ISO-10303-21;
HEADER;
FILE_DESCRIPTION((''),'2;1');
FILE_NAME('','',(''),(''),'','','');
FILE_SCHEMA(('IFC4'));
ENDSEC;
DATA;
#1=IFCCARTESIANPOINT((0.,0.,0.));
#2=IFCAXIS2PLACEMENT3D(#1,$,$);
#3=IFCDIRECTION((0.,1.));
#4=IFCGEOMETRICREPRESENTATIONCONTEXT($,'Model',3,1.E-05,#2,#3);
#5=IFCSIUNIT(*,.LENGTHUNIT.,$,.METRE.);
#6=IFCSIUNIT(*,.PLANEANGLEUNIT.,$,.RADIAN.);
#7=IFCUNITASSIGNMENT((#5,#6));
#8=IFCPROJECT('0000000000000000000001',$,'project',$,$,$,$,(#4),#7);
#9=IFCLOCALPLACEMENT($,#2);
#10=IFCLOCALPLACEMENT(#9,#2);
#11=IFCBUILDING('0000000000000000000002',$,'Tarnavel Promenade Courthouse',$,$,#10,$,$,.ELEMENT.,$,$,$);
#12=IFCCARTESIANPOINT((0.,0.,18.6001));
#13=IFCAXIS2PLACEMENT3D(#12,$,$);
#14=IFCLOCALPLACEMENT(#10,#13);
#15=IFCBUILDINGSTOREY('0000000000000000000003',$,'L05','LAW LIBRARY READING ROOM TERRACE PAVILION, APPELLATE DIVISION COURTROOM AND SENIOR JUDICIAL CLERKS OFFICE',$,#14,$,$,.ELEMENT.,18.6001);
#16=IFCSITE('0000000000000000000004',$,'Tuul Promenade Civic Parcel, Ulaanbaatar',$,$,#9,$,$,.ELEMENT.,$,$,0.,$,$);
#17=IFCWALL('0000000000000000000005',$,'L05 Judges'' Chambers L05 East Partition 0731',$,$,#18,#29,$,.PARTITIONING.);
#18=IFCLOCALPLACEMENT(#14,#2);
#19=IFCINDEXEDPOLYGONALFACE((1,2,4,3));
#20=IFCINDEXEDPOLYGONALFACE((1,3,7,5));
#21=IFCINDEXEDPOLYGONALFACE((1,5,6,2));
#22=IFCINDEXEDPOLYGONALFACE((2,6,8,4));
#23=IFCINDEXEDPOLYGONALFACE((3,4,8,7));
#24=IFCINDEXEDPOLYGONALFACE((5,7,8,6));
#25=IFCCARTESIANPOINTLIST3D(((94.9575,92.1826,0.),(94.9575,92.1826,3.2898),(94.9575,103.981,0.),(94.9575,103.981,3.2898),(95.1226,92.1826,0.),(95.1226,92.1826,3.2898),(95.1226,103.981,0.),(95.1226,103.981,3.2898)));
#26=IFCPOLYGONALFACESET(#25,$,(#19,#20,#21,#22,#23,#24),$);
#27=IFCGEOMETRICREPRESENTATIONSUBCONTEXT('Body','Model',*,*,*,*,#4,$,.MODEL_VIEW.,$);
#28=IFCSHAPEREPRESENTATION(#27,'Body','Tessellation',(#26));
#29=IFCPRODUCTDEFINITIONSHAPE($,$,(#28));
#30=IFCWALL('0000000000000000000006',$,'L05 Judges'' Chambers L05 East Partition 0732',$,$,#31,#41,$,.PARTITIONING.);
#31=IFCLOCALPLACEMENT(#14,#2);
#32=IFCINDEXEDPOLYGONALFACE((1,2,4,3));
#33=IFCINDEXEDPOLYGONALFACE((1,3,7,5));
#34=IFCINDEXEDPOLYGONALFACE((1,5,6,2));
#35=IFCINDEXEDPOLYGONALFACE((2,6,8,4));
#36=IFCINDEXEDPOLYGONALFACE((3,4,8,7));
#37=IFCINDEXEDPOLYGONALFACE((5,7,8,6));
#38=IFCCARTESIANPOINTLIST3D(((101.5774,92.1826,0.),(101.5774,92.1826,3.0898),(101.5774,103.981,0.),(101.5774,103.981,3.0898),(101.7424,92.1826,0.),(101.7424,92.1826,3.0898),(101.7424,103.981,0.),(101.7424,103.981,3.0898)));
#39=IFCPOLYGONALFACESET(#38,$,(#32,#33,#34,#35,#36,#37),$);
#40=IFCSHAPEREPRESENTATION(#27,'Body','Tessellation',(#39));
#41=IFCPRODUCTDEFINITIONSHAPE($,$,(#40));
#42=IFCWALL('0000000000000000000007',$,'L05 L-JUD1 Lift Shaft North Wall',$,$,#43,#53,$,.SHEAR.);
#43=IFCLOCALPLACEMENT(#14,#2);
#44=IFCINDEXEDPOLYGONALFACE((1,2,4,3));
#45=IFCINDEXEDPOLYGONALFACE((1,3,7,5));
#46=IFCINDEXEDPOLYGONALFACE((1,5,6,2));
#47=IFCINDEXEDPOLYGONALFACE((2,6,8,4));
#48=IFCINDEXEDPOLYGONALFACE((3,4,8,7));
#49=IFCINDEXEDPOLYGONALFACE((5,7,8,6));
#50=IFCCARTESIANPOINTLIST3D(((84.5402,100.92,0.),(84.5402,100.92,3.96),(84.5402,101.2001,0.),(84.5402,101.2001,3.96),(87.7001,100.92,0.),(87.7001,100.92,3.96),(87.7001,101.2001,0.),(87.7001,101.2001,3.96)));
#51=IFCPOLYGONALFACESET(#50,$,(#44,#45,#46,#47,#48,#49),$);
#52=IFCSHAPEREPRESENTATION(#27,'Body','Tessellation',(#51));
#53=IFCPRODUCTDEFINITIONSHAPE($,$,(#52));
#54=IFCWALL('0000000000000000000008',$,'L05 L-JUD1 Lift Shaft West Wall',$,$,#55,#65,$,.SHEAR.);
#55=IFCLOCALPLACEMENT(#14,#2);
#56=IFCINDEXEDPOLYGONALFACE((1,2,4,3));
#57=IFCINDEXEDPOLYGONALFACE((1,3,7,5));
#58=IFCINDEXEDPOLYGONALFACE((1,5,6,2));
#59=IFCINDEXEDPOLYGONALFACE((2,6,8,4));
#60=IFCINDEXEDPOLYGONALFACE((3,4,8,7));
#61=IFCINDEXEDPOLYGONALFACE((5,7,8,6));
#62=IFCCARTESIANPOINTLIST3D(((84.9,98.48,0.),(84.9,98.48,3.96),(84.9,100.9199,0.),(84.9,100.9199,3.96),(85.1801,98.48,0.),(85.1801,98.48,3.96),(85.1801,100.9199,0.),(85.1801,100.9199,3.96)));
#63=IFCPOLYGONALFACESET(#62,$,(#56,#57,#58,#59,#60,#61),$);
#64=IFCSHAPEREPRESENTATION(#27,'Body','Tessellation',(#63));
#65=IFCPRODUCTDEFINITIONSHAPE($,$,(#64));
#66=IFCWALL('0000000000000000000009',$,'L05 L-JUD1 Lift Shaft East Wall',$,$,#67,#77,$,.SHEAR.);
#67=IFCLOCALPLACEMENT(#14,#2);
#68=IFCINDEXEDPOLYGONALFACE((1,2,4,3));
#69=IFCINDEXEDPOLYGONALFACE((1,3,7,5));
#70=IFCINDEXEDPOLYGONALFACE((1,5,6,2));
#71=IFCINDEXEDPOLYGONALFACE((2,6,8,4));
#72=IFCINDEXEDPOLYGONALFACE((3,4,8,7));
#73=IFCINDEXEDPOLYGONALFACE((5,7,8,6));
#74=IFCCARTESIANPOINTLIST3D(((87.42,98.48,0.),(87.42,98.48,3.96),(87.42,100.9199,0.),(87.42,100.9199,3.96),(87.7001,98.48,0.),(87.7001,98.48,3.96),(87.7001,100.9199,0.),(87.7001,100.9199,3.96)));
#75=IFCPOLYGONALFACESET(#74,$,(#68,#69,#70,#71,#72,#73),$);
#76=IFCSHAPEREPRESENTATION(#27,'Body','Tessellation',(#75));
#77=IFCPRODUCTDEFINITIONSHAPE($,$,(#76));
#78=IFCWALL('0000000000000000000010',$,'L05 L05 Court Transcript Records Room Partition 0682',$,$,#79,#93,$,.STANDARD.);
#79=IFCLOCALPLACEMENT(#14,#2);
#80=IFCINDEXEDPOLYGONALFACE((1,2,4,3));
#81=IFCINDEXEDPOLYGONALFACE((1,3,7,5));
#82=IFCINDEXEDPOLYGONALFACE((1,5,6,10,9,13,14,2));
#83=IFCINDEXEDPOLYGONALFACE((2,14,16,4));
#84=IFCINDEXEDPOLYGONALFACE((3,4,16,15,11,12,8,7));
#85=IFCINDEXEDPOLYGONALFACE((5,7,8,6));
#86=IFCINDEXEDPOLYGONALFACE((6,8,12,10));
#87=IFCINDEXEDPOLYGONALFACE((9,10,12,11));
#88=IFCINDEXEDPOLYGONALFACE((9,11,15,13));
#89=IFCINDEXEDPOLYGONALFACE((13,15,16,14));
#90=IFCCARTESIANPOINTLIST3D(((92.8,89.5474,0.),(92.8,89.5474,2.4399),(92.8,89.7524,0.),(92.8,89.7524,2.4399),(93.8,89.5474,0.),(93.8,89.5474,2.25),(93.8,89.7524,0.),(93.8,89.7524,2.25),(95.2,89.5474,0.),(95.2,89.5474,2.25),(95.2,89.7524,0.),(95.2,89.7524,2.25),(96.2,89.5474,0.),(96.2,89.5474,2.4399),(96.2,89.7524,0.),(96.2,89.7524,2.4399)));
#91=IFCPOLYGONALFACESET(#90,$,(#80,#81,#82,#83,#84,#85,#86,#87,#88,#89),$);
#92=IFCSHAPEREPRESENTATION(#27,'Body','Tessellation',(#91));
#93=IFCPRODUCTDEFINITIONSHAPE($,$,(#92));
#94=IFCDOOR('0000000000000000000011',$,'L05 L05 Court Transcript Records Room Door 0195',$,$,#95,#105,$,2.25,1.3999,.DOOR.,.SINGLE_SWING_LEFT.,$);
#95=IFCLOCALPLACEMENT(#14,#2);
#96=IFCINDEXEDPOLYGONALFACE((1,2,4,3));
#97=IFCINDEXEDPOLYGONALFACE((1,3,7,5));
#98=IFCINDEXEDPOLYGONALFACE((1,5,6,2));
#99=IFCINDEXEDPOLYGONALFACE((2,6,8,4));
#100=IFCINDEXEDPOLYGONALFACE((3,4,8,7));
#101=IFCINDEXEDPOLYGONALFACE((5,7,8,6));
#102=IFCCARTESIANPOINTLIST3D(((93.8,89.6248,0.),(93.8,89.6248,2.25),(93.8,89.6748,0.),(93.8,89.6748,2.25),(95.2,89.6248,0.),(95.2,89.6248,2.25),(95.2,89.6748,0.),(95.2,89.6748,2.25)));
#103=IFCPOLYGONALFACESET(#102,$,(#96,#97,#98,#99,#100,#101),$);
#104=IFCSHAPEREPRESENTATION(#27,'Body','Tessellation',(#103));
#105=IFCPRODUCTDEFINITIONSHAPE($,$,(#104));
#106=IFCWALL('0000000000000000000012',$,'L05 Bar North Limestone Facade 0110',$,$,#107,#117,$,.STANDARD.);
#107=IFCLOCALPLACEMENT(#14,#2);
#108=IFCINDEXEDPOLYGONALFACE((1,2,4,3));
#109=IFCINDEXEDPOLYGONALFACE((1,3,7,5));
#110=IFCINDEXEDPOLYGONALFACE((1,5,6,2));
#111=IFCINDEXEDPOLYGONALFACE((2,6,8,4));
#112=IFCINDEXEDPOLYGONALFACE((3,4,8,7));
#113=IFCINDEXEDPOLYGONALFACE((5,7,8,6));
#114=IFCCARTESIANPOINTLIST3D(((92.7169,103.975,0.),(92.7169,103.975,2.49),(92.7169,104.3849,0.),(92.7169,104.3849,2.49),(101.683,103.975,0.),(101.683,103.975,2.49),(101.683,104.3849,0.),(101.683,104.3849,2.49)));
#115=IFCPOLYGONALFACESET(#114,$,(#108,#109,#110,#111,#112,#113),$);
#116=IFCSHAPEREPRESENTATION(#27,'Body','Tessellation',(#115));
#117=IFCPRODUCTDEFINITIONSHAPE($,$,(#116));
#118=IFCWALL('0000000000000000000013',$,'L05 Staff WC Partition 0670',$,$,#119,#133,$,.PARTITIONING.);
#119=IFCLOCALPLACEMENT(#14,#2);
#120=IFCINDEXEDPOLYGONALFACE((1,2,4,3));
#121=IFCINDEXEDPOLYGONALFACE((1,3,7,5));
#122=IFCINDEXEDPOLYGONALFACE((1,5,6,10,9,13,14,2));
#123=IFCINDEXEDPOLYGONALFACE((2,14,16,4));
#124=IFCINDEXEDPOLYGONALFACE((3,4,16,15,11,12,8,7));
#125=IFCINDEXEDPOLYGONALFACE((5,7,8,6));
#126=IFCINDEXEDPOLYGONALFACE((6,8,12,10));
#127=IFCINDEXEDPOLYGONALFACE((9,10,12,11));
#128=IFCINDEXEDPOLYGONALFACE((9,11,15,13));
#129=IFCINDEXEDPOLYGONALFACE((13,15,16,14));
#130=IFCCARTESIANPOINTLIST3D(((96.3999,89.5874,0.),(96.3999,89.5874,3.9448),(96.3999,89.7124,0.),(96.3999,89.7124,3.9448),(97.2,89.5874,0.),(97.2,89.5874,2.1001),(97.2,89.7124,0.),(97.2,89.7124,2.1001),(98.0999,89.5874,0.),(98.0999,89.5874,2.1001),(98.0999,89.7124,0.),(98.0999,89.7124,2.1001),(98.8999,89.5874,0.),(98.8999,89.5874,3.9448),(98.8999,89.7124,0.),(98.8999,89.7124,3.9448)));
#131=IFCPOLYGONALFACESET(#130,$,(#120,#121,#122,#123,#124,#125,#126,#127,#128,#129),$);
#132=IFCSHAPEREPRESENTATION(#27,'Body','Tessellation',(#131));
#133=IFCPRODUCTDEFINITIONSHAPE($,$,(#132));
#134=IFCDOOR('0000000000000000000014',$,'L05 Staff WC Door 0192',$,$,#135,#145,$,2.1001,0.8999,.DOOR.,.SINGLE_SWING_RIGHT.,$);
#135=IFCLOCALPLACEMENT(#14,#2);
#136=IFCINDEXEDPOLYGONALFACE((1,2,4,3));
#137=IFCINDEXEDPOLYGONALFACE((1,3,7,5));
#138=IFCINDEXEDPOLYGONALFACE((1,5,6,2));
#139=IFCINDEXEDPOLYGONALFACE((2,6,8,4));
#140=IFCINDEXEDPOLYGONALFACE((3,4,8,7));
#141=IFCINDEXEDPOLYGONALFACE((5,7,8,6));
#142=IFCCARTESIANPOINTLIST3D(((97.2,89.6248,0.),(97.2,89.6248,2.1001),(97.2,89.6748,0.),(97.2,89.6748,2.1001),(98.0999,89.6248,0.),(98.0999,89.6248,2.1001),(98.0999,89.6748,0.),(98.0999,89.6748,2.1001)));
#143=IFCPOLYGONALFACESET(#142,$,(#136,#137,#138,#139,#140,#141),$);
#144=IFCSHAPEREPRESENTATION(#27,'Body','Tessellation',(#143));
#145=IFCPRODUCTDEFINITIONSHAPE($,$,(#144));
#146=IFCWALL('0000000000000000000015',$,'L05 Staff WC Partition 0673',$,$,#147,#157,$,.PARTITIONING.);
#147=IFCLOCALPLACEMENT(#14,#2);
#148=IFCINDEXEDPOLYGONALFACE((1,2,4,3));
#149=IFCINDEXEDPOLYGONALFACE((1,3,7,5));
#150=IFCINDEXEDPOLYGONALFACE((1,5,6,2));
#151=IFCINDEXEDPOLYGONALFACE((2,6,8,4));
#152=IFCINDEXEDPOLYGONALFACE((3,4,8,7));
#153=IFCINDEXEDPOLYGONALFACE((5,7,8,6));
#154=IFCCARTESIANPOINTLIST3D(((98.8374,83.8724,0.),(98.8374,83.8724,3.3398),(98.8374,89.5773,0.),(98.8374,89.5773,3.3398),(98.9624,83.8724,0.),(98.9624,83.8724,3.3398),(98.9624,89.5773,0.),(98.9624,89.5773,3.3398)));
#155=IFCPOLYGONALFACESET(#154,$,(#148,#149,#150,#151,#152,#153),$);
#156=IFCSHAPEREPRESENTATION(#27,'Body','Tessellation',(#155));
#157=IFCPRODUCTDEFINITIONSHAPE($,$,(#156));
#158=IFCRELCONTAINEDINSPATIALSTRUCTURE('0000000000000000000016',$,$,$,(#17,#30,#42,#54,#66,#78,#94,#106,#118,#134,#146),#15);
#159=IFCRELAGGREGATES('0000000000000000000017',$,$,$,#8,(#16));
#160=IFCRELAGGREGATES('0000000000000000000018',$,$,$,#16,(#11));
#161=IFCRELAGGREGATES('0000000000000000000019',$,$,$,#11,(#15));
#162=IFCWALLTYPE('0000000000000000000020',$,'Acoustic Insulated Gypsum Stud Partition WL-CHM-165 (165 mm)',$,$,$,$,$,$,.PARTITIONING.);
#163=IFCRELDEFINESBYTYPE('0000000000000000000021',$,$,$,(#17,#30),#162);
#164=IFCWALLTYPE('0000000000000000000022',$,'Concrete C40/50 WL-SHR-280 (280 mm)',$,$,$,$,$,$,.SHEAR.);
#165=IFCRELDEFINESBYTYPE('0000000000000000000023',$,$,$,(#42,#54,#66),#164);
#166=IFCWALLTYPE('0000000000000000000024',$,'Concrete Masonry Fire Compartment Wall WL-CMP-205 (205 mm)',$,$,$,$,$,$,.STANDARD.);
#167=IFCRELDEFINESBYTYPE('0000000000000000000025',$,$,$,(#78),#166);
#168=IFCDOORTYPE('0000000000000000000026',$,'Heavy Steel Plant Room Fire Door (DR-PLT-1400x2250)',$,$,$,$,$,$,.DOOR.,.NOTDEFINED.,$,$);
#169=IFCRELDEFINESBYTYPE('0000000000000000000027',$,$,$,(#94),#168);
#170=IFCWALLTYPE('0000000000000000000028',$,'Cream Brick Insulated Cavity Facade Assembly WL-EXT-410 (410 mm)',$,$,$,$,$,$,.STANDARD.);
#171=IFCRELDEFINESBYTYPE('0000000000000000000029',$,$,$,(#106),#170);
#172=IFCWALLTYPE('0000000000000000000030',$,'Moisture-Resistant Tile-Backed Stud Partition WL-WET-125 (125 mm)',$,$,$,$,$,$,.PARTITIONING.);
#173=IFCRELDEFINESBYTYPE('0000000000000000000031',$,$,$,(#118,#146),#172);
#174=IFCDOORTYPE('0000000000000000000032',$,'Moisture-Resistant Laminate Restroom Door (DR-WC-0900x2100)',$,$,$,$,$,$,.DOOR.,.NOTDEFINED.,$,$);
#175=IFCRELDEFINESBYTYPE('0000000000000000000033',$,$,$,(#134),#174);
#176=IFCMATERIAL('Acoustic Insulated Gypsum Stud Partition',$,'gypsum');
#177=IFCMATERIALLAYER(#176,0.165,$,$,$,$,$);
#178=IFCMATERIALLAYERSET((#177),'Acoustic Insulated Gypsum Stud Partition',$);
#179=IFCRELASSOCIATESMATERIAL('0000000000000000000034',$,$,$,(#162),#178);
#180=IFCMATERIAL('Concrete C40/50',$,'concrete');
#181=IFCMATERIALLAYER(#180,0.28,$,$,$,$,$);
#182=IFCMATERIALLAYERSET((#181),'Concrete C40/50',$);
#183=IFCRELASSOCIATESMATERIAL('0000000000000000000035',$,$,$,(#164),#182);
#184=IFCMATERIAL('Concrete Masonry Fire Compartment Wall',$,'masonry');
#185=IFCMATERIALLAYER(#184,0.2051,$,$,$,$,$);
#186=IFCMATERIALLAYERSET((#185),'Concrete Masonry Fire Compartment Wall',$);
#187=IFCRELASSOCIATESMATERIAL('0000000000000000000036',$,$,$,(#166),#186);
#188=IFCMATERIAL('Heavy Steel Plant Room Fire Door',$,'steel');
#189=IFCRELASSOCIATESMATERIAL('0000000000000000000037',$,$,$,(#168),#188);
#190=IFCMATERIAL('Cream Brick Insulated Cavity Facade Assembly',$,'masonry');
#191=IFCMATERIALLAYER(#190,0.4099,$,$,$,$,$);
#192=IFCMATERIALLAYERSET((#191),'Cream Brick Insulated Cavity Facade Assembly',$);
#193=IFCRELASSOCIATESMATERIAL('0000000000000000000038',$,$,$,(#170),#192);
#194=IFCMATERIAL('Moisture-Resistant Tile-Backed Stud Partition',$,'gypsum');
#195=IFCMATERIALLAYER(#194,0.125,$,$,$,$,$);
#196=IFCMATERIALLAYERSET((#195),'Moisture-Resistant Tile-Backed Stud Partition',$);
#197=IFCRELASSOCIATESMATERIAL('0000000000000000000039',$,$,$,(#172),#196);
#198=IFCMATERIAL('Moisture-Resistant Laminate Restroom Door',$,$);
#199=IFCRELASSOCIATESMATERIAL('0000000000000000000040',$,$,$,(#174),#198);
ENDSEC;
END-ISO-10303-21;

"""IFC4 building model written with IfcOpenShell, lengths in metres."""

from ifc_helpers import new_model, si_unit, direction, frame, frame_2d, origin, place, context, subcontext, project, spatial, rectangle, extrude, material, layer, layer_set, type_object, element, fill, save


model = new_model("IFC4")

# Units and contexts
model_context = context("Model", 3, precision=1e-05, world=origin(), true_north=direction((0.0, 1.0)))
body_context = subcontext(model_context, "Body", "Model", "MODEL_VIEW")
ifc_project = project(units=[si_unit("LENGTHUNIT", "METRE"), si_unit("PLANEANGLEUNIT", "RADIAN")], contexts=[model_context])

# Site, building, storey
site_placement = place(None, origin())
site = spatial("IfcSite", under=ifc_project, at=site_placement, Name="Tuul Promenade Civic Parcel, Ulaanbaatar", CompositionType="ELEMENT", RefElevation=0.0)
building_placement = place(site_placement, origin())
building = spatial("IfcBuilding", under=site, at=building_placement, Name="Tarnavel Promenade Courthouse", CompositionType="ELEMENT")
storey_placement = place(building_placement, frame((0.0, 0.0, 18.6001)))
storey = spatial("IfcBuildingStorey", under=building, at=storey_placement, Name="L05", Description="LAW LIBRARY READING ROOM TERRACE PAVILION, APPELLATE DIVISION COURTROOM AND SENIOR JUDICIAL CLERKS OFFICE", CompositionType="ELEMENT", Elevation=18.6001)

# Shared definitions
ifc_material_1 = material(Name="Concrete C40/50", Category="concrete")

# Shared definitions
ifc_material_2 = material(Name="Acoustic Insulated Gypsum Stud Partition", Category="gypsum")
ifc_layer_1 = layer(ifc_material_2, 0.165)
ifc_layer_set_1 = layer_set([ifc_layer_1], Name="Acoustic Insulated Gypsum Stud Partition")
wall_type_1 = type_object("IfcWallType", Name="Acoustic Insulated Gypsum Stud Partition WL-CHM-165 (165 mm)", PredefinedType="PARTITIONING", material=ifc_layer_set_1)

# Walls
wall_1_placement = place(storey_placement, frame((95.04, 92.1826, 0.0), z_axis=(0.0, 0.0, 1.0), x_axis=(0.0, 1.0, 0.0)))
element("IfcWall", 1, at=wall_1_placement, inside=storey, type_object=wall_type_1, Name="L05 Judges' Chambers L05 East Partition 0731", PredefinedType="PARTITIONING", context=body_context, shape_type="SweptSolid", body=[
    extrude(rectangle(XDim=11.7983, YDim=0.165, at=frame_2d((5.8992, 0.0))), origin(), (0.0, 0.0, 1.0), 3.2898),
])
wall_2_placement = place(storey_placement, frame((101.6599, 103.981, 0.0), z_axis=(0.0, 0.0, 1.0), x_axis=(0.0, -1.0, 0.0)))
element("IfcWall", 2, at=wall_2_placement, inside=storey, type_object=wall_type_1, Name="L05 Judges' Chambers L05 East Partition 0732", PredefinedType="PARTITIONING", context=body_context, shape_type="SweptSolid", body=[
    extrude(rectangle(XDim=11.7983, YDim=0.165, at=frame_2d((5.8992, 0.0))), origin(), (0.0, 0.0, 1.0), 3.0898),
])
ifc_layer_2 = layer(ifc_material_1, 0.28)
ifc_layer_set_2 = layer_set([ifc_layer_2], Name="Concrete C40/50")
wall_type_2 = type_object("IfcWallType", Name="Concrete C40/50 WL-SHR-280 (280 mm)", PredefinedType="SHEAR", material=ifc_layer_set_2)
wall_3_placement = place(storey_placement, frame((84.54, 101.0601, 0.0), z_axis=(0.0, 0.0, 1.0), x_axis=(1.0, 0.0, 0.0)))
element("IfcWall", 3, at=wall_3_placement, inside=storey, type_object=wall_type_2, Name="L05 L-JUD1 Lift Shaft North Wall", PredefinedType="SHEAR", context=body_context, shape_type="SweptSolid", body=[
    extrude(rectangle(XDim=3.1599, YDim=0.28, at=frame_2d((1.5801, 0.0))), origin(), (0.0, 0.0, 1.0), 3.96),
])

# Walls
for number, where, z_axis, x_axis, name in (
    (4, (85.04, 98.48, 0.0), (0.0, 0.0, 1.0), (0.0, 1.0, 0.0), "L05 L-JUD1 Lift Shaft West Wall"),
    (5, (87.5601, 100.9199, 0.0), (0.0, 0.0, 1.0), (0.0, -1.0, 0.0), "L05 L-JUD1 Lift Shaft East Wall"),
):
    element("IfcWall", number, at=place(storey_placement, frame(where, z_axis=z_axis, x_axis=x_axis)), inside=storey, type_object=wall_type_2, Name=name, PredefinedType="SHEAR", context=body_context, shape_type="SweptSolid", body=[
        extrude(rectangle(XDim=2.4399, YDim=0.28, at=frame_2d((1.22, 0.0))), origin(), (0.0, 0.0, 1.0), 3.96),
    ])

# Wall, opening, door
ifc_material_3 = material(Name="Concrete Masonry Fire Compartment Wall", Category="masonry")
ifc_layer_3 = layer(ifc_material_3, 0.2051)
ifc_layer_set_3 = layer_set([ifc_layer_3], Name="Concrete Masonry Fire Compartment Wall")
wall_type_3 = type_object("IfcWallType", Name="Concrete Masonry Fire Compartment Wall WL-CMP-205 (205 mm)", PredefinedType="STANDARD", material=ifc_layer_set_3)
wall_4_placement = place(storey_placement, frame((92.8, 89.6499, 0.0), z_axis=(0.0, 0.0, 1.0), x_axis=(1.0, 0.0, 0.0)))
wall_4 = element("IfcWall", 6, at=wall_4_placement, inside=storey, type_object=wall_type_3, Name="L05 L05 Court Transcript Records Room Partition 0682", PredefinedType="STANDARD", context=body_context, shape_type="SweptSolid", body=[
    extrude(rectangle(XDim=3.3999, YDim=0.2051, at=frame_2d((1.7, 0.0))), origin(), (0.0, 0.0, 1.0), 2.4399),
])
opening_1_placement = place(wall_4_placement, frame((1.0, 0.0, 0.0)))
opening_1 = element("IfcOpeningElement", 7, at=opening_1_placement, cuts=wall_4, PredefinedType="OPENING", context=body_context, shape_type="SweptSolid", body=[
    extrude(rectangle(XDim=1.3999, YDim=2.25, at=frame_2d((0.7, 1.125))), frame((0.0, 0.1125, 0.0), z_axis=(0.0, -1.0, 0.0), x_axis=(1.0, 0.0, 0.0)), (0.0, 0.0, 1.0), 0.2251),
])
ifc_material_4 = material(Name="Heavy Steel Plant Room Fire Door", Category="steel")
door_type_1 = type_object("IfcDoorType", Name="Heavy Steel Plant Room Fire Door (DR-PLT-1400x2250)", OperationType="NOTDEFINED", PredefinedType="DOOR", material=ifc_material_4)
door_1_placement = place(opening_1_placement, origin())
door_1 = element("IfcDoor", 8, at=door_1_placement, inside=storey, type_object=door_type_1, Name="L05 L05 Court Transcript Records Room Door 0195", OperationType="SINGLE_SWING_LEFT", OverallHeight=2.25, OverallWidth=1.3999, PredefinedType="DOOR", context=body_context, shape_type="SweptSolid", body=[
    extrude(rectangle(XDim=1.3999, YDim=2.25, at=frame_2d((0.7, 1.125))), frame((0.0, 0.0249, 0.0), z_axis=(0.0, -1.0, 0.0), x_axis=(1.0, 0.0, 0.0)), (0.0, 0.0, 1.0), 0.05),
])
fill(opening_1, door_1)

# Wall
ifc_material_5 = material(Name="Cream Brick Insulated Cavity Facade Assembly", Category="masonry")
ifc_layer_4 = layer(ifc_material_5, 0.4099)
ifc_layer_set_4 = layer_set([ifc_layer_4], Name="Cream Brick Insulated Cavity Facade Assembly")
wall_type_4 = type_object("IfcWallType", Name="Cream Brick Insulated Cavity Facade Assembly WL-EXT-410 (410 mm)", PredefinedType="STANDARD", material=ifc_layer_set_4)
wall_5_placement = place(storey_placement, frame((92.717, 104.1799, 0.0), z_axis=(0.0, 0.0, 1.0), x_axis=(1.0, 0.0, 0.0)))
element("IfcWall", 9, at=wall_5_placement, inside=storey, type_object=wall_type_4, Name="L05 Bar North Limestone Facade 0110", PredefinedType="STANDARD", context=body_context, shape_type="SweptSolid", body=[
    extrude(rectangle(XDim=8.9661, YDim=0.4099, at=frame_2d((4.4829, 0.0))), origin(), (0.0, 0.0, 1.0), 2.49),
])

# Wall, opening, door
ifc_material_6 = material(Name="Moisture-Resistant Tile-Backed Stud Partition", Category="gypsum")
ifc_layer_5 = layer(ifc_material_6, 0.125)
ifc_layer_set_5 = layer_set([ifc_layer_5], Name="Moisture-Resistant Tile-Backed Stud Partition")
wall_type_5 = type_object("IfcWallType", Name="Moisture-Resistant Tile-Backed Stud Partition WL-WET-125 (125 mm)", PredefinedType="PARTITIONING", material=ifc_layer_set_5)
wall_6_placement = place(storey_placement, frame((96.3999, 89.6499, 0.0), z_axis=(0.0, 0.0, 1.0), x_axis=(1.0, 0.0, 0.0)))
wall_6 = element("IfcWall", 10, at=wall_6_placement, inside=storey, type_object=wall_type_5, Name="L05 Staff WC Partition 0670", PredefinedType="PARTITIONING", context=body_context, shape_type="SweptSolid", body=[
    extrude(rectangle(XDim=2.5, YDim=0.125, at=frame_2d((1.25, 0.0))), origin(), (0.0, 0.0, 1.0), 3.9448),
])
opening_2_placement = place(wall_6_placement, frame((0.8, 0.0, 0.0)))
opening_2 = element("IfcOpeningElement", 11, at=opening_2_placement, cuts=wall_6, PredefinedType="OPENING", context=body_context, shape_type="SweptSolid", body=[
    extrude(rectangle(XDim=0.8999, YDim=2.1001, at=frame_2d((0.45, 1.05))), frame((0.0, 0.0725, 0.0), z_axis=(0.0, -1.0, 0.0), x_axis=(1.0, 0.0, 0.0)), (0.0, 0.0, 1.0), 0.145),
])
ifc_material_7 = material(Name="Moisture-Resistant Laminate Restroom Door")
door_type_2 = type_object("IfcDoorType", Name="Moisture-Resistant Laminate Restroom Door (DR-WC-0900x2100)", OperationType="NOTDEFINED", PredefinedType="DOOR", material=ifc_material_7)
door_2_placement = place(opening_2_placement, origin())
door_2 = element("IfcDoor", 12, at=door_2_placement, inside=storey, type_object=door_type_2, Name="L05 Staff WC Door 0192", OperationType="SINGLE_SWING_RIGHT", OverallHeight=2.1001, OverallWidth=0.8999, PredefinedType="DOOR", context=body_context, shape_type="SweptSolid", body=[
    extrude(rectangle(XDim=0.8999, YDim=2.1001, at=frame_2d((0.45, 1.05))), frame((0.0, 0.0249, 0.0), z_axis=(0.0, -1.0, 0.0), x_axis=(1.0, 0.0, 0.0)), (0.0, 0.0, 1.0), 0.05),
])
fill(opening_2, door_2)

# Wall
wall_7_placement = place(storey_placement, frame((98.8999, 89.5774, 0.0), z_axis=(0.0, 0.0, 1.0), x_axis=(0.0, -1.0, 0.0)))
element("IfcWall", 13, at=wall_7_placement, inside=storey, type_object=wall_type_5, Name="L05 Staff WC Partition 0673", PredefinedType="PARTITIONING", context=body_context, shape_type="SweptSolid", body=[
    extrude(rectangle(XDim=5.7048, YDim=0.125, at=frame_2d((2.8525, 0.0))), origin(), (0.0, 0.0, 1.0), 3.3398),
])

save(model, "model.ifc")
